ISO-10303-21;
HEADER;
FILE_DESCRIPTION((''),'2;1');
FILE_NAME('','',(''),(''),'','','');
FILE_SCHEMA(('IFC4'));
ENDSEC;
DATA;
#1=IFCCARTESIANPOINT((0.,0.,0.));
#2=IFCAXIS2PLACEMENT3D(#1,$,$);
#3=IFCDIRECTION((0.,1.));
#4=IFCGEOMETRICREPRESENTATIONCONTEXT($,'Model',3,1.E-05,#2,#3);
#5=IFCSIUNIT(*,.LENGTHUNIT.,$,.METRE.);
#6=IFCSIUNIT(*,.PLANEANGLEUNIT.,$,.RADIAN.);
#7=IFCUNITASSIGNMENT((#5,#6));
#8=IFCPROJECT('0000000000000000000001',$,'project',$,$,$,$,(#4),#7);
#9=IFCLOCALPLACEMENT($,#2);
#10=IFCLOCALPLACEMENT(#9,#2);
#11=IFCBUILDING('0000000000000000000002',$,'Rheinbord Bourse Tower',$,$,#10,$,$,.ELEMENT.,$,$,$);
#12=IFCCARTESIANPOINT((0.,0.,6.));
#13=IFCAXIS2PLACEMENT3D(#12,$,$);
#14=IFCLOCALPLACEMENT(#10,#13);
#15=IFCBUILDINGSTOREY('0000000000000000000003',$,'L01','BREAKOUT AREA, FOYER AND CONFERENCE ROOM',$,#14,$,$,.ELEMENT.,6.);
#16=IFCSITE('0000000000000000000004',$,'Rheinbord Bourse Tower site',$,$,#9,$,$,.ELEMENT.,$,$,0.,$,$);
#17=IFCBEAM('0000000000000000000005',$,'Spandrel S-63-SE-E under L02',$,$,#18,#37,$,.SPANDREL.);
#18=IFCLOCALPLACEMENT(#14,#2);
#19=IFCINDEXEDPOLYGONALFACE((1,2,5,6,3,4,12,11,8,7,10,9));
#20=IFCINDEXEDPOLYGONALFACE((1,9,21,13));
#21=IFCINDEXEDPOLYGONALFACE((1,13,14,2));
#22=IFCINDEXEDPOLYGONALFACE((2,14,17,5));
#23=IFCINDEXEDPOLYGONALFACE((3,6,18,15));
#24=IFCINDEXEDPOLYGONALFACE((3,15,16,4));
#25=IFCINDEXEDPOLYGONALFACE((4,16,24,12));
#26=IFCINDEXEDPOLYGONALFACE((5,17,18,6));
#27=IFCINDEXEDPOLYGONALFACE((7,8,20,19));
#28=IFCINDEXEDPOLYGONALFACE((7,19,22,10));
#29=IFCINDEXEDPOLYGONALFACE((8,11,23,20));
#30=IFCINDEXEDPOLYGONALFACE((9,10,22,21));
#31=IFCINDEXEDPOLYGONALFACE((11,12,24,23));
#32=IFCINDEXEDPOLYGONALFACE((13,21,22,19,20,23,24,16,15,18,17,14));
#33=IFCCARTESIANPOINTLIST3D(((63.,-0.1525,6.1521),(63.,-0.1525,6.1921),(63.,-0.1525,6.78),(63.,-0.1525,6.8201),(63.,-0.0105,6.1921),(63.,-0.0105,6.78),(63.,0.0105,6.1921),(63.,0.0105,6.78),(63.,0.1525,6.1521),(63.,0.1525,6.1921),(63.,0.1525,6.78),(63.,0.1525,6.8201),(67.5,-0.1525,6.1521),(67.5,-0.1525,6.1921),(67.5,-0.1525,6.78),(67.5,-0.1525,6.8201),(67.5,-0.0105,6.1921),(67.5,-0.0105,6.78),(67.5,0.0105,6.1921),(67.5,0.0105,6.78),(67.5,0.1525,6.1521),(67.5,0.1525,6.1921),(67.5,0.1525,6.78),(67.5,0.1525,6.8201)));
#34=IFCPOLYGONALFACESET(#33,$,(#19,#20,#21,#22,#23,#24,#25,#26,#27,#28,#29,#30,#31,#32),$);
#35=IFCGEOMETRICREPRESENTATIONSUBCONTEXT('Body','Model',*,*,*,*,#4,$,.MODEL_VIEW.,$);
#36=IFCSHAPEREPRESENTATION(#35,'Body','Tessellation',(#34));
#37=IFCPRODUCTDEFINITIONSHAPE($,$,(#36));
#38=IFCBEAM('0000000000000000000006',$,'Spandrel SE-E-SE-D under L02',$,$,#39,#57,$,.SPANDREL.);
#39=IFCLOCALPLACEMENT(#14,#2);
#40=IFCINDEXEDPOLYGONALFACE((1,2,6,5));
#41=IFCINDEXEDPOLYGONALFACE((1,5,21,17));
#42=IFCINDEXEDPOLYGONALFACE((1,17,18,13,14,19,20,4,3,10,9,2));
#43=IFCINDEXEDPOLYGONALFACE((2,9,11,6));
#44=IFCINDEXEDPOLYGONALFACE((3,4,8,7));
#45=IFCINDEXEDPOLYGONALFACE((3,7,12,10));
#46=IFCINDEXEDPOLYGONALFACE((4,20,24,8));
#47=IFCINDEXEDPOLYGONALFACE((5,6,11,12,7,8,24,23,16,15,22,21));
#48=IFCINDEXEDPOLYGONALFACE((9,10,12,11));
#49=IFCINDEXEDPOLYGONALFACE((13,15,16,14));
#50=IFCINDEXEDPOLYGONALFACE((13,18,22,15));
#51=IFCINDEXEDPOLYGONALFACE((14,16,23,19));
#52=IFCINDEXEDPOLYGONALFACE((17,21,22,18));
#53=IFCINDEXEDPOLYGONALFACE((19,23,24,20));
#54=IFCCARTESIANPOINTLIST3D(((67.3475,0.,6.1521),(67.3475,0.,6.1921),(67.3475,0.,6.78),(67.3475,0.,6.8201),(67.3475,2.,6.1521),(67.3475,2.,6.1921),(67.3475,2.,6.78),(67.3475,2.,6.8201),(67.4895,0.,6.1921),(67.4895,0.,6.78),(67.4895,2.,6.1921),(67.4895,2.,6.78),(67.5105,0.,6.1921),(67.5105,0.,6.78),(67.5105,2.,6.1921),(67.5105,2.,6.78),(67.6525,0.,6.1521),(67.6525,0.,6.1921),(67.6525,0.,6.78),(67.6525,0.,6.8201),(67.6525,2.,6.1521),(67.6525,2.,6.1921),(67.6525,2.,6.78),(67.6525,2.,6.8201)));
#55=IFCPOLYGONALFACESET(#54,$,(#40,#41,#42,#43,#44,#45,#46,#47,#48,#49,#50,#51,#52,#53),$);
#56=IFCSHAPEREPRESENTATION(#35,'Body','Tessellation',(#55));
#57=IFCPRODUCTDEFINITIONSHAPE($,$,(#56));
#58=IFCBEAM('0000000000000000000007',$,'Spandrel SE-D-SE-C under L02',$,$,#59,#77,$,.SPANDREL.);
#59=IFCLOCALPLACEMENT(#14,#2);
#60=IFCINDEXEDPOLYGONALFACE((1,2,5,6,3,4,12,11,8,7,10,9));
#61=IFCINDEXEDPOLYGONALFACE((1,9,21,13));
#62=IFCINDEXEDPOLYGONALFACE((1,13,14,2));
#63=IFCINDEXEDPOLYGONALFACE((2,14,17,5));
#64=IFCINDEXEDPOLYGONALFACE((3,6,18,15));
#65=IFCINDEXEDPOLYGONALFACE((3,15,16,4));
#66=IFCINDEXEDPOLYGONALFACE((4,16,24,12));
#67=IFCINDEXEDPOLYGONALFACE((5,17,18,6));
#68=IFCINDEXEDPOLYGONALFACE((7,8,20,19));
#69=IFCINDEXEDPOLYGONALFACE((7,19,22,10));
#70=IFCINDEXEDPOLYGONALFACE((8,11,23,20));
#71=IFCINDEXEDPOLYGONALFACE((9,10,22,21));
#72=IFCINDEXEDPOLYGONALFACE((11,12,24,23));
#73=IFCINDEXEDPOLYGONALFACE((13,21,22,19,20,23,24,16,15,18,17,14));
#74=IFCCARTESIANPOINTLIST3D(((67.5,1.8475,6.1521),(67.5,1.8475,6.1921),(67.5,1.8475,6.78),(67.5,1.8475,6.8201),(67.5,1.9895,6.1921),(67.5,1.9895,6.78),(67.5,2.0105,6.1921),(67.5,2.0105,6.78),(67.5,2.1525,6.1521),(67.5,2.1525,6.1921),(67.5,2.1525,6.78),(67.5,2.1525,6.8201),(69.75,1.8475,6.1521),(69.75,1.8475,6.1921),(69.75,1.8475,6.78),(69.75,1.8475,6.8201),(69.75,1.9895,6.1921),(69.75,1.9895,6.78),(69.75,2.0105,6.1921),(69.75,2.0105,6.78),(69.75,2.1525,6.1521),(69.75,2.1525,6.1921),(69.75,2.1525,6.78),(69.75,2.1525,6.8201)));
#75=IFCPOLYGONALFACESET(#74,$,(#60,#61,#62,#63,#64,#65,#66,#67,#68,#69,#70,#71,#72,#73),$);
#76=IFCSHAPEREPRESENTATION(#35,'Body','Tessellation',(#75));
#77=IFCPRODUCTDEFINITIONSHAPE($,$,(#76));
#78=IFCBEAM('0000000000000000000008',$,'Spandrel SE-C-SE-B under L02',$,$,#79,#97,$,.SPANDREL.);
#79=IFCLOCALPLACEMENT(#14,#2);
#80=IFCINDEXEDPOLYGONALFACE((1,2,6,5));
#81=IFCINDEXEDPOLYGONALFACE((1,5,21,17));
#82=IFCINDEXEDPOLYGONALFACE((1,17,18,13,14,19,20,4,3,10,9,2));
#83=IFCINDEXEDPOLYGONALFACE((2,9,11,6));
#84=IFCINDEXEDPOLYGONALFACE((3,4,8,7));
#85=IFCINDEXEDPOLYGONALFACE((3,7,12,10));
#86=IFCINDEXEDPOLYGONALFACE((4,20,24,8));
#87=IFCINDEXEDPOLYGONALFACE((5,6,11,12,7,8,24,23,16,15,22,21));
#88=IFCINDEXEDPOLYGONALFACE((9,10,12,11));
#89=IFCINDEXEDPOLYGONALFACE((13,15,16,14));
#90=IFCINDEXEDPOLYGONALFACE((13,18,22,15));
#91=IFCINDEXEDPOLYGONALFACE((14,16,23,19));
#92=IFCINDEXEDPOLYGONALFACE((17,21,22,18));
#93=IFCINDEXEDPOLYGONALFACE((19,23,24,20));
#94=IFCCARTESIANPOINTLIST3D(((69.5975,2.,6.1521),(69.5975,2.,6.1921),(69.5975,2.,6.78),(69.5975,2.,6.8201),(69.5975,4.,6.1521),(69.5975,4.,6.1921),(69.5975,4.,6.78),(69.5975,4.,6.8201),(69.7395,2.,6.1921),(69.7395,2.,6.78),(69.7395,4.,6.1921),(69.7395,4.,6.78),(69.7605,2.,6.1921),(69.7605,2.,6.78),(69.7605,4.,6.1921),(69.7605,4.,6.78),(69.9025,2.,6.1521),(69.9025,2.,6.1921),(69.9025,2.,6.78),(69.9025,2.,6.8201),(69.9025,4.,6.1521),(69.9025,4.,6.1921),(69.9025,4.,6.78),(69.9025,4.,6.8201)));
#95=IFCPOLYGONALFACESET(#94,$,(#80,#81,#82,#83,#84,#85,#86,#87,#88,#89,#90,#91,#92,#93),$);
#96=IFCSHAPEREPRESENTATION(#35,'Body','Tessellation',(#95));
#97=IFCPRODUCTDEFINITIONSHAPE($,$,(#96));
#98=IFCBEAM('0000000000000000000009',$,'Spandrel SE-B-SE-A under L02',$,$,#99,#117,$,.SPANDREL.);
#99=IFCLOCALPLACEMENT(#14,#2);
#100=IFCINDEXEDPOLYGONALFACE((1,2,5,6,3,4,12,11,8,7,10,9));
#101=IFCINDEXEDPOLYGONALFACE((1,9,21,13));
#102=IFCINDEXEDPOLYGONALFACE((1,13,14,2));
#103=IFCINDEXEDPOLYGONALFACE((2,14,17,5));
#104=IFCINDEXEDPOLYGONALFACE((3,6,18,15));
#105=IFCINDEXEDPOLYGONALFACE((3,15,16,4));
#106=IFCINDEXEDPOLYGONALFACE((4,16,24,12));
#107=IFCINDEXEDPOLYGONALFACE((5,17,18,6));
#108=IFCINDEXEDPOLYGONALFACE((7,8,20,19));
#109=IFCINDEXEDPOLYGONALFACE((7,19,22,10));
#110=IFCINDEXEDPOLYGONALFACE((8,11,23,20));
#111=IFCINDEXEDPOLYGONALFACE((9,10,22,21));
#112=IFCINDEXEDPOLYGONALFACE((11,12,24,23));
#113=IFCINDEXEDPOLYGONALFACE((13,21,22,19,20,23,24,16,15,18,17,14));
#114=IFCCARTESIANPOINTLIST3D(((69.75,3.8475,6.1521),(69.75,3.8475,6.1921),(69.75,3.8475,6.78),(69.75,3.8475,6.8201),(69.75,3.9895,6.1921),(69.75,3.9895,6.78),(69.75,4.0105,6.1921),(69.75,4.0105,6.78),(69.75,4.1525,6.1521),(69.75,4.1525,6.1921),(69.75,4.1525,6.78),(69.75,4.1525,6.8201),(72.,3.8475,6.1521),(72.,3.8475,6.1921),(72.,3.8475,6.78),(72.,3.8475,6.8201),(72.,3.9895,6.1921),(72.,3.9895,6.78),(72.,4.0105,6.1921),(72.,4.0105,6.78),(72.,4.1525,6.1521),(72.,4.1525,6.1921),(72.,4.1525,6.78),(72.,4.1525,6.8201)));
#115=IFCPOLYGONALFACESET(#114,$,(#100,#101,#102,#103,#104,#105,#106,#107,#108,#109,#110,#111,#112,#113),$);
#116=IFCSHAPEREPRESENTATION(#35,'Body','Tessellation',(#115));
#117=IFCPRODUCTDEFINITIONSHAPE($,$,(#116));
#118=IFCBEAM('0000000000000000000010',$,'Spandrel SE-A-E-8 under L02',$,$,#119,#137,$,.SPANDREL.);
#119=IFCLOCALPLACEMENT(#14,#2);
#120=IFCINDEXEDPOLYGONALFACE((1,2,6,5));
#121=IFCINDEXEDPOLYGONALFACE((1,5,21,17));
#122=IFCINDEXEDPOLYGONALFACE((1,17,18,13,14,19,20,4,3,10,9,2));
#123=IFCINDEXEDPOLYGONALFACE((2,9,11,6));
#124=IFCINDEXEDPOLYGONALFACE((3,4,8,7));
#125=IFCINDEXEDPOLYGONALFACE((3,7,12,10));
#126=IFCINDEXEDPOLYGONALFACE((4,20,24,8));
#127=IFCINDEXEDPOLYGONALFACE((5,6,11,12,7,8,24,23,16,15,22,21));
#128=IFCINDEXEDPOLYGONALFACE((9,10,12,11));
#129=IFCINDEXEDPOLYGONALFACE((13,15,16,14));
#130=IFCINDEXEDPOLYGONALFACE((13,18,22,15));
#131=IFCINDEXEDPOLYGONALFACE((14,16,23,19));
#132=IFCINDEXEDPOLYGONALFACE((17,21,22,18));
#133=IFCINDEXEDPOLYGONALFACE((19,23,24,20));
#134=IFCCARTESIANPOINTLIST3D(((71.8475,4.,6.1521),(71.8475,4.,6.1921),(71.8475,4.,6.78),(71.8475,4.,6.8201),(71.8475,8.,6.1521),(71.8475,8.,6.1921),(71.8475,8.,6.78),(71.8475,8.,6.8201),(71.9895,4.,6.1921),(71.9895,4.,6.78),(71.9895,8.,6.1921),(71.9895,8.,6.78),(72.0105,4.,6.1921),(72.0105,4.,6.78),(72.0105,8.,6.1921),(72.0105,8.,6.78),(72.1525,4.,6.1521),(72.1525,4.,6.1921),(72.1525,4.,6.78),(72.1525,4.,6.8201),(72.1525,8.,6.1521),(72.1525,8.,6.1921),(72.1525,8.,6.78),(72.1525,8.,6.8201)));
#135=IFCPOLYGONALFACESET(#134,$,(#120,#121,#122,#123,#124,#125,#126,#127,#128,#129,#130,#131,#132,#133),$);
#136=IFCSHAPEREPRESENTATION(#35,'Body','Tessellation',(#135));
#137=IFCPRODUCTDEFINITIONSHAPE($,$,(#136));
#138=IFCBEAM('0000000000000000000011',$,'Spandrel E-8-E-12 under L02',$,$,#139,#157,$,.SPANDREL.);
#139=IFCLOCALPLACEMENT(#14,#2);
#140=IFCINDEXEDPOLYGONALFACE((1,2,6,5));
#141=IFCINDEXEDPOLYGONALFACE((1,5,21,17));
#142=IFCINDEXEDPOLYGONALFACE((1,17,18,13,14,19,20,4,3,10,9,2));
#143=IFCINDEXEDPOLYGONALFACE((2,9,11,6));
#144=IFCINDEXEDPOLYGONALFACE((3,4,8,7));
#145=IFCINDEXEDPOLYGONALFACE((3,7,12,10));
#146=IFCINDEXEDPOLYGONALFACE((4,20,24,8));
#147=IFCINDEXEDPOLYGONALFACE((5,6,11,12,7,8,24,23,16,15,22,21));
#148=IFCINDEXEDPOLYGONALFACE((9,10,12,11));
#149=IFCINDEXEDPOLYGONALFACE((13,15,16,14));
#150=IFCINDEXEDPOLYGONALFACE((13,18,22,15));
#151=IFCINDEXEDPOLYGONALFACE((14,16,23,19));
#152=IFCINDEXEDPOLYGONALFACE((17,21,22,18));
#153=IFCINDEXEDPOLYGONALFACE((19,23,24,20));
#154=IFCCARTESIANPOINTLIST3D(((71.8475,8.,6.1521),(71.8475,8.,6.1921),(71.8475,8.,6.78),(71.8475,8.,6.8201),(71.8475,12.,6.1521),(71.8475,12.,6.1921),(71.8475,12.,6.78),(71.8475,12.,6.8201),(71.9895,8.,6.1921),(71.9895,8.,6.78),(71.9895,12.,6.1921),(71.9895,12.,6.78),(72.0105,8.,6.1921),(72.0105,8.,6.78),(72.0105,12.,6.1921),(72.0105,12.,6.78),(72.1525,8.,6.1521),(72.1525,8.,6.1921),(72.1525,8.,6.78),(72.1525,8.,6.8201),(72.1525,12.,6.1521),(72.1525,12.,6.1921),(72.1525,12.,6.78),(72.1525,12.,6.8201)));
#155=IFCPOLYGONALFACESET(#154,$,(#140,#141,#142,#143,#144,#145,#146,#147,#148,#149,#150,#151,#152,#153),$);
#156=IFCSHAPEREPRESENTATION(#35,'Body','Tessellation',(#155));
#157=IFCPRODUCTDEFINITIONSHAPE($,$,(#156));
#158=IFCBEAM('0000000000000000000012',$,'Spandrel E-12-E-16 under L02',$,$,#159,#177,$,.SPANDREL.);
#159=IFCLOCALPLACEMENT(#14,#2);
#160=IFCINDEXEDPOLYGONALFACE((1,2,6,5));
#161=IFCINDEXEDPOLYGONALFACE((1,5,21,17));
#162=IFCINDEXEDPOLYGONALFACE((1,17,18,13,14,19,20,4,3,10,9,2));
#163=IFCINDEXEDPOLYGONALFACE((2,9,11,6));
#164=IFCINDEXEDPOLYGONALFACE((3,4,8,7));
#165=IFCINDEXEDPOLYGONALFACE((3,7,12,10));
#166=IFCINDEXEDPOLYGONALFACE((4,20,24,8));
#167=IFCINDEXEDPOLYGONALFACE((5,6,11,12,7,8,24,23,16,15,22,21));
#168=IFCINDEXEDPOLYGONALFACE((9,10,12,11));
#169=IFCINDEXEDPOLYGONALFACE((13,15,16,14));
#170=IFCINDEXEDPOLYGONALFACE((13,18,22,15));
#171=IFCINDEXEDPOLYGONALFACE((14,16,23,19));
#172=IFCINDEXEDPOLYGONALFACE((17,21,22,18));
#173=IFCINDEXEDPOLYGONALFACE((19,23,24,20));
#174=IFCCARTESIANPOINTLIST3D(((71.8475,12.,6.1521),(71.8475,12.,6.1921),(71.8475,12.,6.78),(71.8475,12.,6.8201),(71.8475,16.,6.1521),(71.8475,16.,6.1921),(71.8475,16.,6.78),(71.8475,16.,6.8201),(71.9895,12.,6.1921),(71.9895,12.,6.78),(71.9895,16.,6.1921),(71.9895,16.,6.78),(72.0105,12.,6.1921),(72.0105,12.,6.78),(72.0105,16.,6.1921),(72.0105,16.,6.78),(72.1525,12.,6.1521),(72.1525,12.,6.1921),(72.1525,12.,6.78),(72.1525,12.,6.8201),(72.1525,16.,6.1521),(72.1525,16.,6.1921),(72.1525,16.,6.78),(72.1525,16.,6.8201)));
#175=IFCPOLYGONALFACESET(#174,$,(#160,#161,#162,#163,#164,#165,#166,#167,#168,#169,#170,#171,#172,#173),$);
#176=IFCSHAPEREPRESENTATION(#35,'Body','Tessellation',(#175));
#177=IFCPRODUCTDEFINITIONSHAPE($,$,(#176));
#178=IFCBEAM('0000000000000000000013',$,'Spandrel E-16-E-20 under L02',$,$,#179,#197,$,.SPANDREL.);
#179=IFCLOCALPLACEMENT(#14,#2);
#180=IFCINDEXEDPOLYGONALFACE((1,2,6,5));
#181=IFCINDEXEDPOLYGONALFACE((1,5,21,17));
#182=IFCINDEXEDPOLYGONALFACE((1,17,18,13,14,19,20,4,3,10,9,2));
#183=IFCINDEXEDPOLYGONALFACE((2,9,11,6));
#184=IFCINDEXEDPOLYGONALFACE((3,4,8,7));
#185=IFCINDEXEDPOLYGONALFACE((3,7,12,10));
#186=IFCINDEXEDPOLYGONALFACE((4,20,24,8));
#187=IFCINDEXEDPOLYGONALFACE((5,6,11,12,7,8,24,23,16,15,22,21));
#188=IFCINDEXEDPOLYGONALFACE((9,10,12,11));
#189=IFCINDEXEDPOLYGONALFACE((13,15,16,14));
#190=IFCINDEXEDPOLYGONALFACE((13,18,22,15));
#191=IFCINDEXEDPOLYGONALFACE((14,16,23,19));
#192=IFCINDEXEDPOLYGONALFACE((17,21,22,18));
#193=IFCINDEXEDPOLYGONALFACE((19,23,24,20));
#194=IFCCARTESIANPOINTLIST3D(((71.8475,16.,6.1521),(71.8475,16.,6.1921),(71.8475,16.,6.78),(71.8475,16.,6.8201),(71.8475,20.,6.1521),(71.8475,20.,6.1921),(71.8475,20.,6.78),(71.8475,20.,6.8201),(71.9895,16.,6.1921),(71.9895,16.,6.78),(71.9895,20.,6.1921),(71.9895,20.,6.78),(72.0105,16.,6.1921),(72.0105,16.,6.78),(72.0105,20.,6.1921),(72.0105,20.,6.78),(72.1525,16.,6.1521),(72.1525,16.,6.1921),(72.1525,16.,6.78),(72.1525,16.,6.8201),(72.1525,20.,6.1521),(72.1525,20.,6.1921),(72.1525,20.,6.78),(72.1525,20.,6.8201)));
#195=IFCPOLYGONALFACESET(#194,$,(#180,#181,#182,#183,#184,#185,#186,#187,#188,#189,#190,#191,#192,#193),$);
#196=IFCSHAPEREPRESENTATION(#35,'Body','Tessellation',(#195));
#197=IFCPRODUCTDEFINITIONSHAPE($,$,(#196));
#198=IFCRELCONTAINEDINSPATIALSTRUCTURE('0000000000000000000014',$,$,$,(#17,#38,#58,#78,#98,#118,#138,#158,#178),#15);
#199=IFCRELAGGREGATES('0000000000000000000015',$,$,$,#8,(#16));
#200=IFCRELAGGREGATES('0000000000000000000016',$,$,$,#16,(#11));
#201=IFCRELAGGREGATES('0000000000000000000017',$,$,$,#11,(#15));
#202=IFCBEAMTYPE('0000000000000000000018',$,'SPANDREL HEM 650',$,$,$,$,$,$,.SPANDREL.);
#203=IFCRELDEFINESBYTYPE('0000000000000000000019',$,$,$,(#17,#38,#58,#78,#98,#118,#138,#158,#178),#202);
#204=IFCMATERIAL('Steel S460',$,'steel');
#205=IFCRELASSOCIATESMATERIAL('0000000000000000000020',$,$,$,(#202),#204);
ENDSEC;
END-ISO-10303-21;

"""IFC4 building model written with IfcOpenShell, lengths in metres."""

from ifc_helpers import new_model, si_unit, direction, frame, origin, origin_2d, place, context, subcontext, project, spatial, i_section, extrude, material, material_profile, profile_set, type_object, element, save


model = new_model("IFC4")

# Units and contexts
model_context = context("Model", 3, precision=1e-05, world=origin(), true_north=direction((0.0, 1.0)))
body_context = subcontext(model_context, "Body", "Model", "MODEL_VIEW")
ifc_project = project(units=[si_unit("LENGTHUNIT", "METRE"), si_unit("PLANEANGLEUNIT", "RADIAN")], contexts=[model_context])

# Site, building, storey
site_placement = place(None, origin())
site = spatial("IfcSite", under=ifc_project, at=site_placement, Name="Rheinbord Bourse Tower site", CompositionType="ELEMENT", RefElevation=0.0)
building_placement = place(site_placement, origin())
building = spatial("IfcBuilding", under=site, at=building_placement, Name="Rheinbord Bourse Tower", CompositionType="ELEMENT")
storey_placement = place(building_placement, frame((0.0, 0.0, 6.0)))
storey = spatial("IfcBuildingStorey", under=building, at=storey_placement, Name="L01", Description="BREAKOUT AREA, FOYER AND CONFERENCE ROOM", CompositionType="ELEMENT", Elevation=6.0)

# Beams
ifc_material_1 = material(Name="Steel S460", Category="steel")
ifc_material_profile_1 = material_profile(ifc_material_1, i_section(OverallWidth=0.3049, OverallDepth=0.668, WebThickness=0.021, FlangeThickness=0.04, at=origin_2d()), Name="HEM 650")
ifc_profile_set_1 = profile_set([ifc_material_profile_1], Name="Steel S460")
beam_type = type_object("IfcBeamType", Name="SPANDREL HEM 650", PredefinedType="SPANDREL", material=ifc_profile_set_1)
beam_1_placement = place(storey_placement, frame((63.0, 0.0, 6.4861), z_axis=(1.0, 0.0, 0.0), x_axis=(0.0, 1.0, 0.0)))
element("IfcBeam", 1, at=beam_1_placement, inside=storey, type_object=beam_type, Name="Spandrel S-63-SE-E under L02", PredefinedType="SPANDREL", context=body_context, shape_type="SweptSolid", body=[
    extrude(i_section(OverallWidth=0.3049, OverallDepth=0.668, WebThickness=0.021, FlangeThickness=0.04, at=origin_2d()), origin(), (0.0, 0.0, 1.0), 4.5),
])
beam_2_placement = place(storey_placement, frame((67.5, 0.0, 6.4861), z_axis=(0.0, 1.0, 0.0), x_axis=(-1.0, 0.0, 0.0)))
element("IfcBeam", 2, at=beam_2_placement, inside=storey, type_object=beam_type, Name="Spandrel SE-E-SE-D under L02", PredefinedType="SPANDREL", context=body_context, shape_type="SweptSolid", body=[
    extrude(i_section(OverallWidth=0.3049, OverallDepth=0.668, WebThickness=0.021, FlangeThickness=0.04, at=origin_2d()), origin(), (0.0, 0.0, 1.0), 2.0),
])
beam_3_placement = place(storey_placement, frame((67.5, 2.0, 6.4861), z_axis=(1.0, 0.0, 0.0), x_axis=(0.0, 1.0, 0.0)))
element("IfcBeam", 3, at=beam_3_placement, inside=storey, type_object=beam_type, Name="Spandrel SE-D-SE-C under L02", PredefinedType="SPANDREL", context=body_context, shape_type="SweptSolid", body=[
    extrude(i_section(OverallWidth=0.3049, OverallDepth=0.668, WebThickness=0.021, FlangeThickness=0.04, at=origin_2d()), origin(), (0.0, 0.0, 1.0), 2.25),
])
beam_4_placement = place(storey_placement, frame((69.75, 2.0, 6.4861), z_axis=(0.0, 1.0, 0.0), x_axis=(-1.0, 0.0, 0.0)))
element("IfcBeam", 4, at=beam_4_placement, inside=storey, type_object=beam_type, Name="Spandrel SE-C-SE-B under L02", PredefinedType="SPANDREL", context=body_context, shape_type="SweptSolid", body=[
    extrude(i_section(OverallWidth=0.3049, OverallDepth=0.668, WebThickness=0.021, FlangeThickness=0.04, at=origin_2d()), origin(), (0.0, 0.0, 1.0), 2.0),
])
beam_5_placement = place(storey_placement, frame((69.75, 4.0, 6.4861), z_axis=(1.0, 0.0, 0.0), x_axis=(0.0, 1.0, 0.0)))
element("IfcBeam", 5, at=beam_5_placement, inside=storey, type_object=beam_type, Name="Spandrel SE-B-SE-A under L02", PredefinedType="SPANDREL", context=body_context, shape_type="SweptSolid", body=[
    extrude(i_section(OverallWidth=0.3049, OverallDepth=0.668, WebThickness=0.021, FlangeThickness=0.04, at=origin_2d()), origin(), (0.0, 0.0, 1.0), 2.25),
])
for number, where, z_axis, x_axis, name in (
    (6, (72.0, 4.0, 6.4861), (0.0, 1.0, 0.0), (-1.0, 0.0, 0.0), "Spandrel SE-A-E-8 under L02"),
    (7, (72.0, 8.0, 6.4861), (0.0, 1.0, 0.0), (-1.0, 0.0, 0.0), "Spandrel E-8-E-12 under L02"),
    (8, (72.0, 12.0, 6.4861), (0.0, 1.0, 0.0), (-1.0, 0.0, 0.0), "Spandrel E-12-E-16 under L02"),
    (9, (72.0, 16.0, 6.4861), (0.0, 1.0, 0.0), (-1.0, 0.0, 0.0), "Spandrel E-16-E-20 under L02"),
):
    element("IfcBeam", number, at=place(storey_placement, frame(where, z_axis=z_axis, x_axis=x_axis)), inside=storey, type_object=beam_type, Name=name, PredefinedType="SPANDREL", context=body_context, shape_type="SweptSolid", body=[
        extrude(i_section(OverallWidth=0.3049, OverallDepth=0.668, WebThickness=0.021, FlangeThickness=0.04, at=origin_2d()), origin(), (0.0, 0.0, 1.0), 4.0),
    ])

save(model, "model.ifc")
